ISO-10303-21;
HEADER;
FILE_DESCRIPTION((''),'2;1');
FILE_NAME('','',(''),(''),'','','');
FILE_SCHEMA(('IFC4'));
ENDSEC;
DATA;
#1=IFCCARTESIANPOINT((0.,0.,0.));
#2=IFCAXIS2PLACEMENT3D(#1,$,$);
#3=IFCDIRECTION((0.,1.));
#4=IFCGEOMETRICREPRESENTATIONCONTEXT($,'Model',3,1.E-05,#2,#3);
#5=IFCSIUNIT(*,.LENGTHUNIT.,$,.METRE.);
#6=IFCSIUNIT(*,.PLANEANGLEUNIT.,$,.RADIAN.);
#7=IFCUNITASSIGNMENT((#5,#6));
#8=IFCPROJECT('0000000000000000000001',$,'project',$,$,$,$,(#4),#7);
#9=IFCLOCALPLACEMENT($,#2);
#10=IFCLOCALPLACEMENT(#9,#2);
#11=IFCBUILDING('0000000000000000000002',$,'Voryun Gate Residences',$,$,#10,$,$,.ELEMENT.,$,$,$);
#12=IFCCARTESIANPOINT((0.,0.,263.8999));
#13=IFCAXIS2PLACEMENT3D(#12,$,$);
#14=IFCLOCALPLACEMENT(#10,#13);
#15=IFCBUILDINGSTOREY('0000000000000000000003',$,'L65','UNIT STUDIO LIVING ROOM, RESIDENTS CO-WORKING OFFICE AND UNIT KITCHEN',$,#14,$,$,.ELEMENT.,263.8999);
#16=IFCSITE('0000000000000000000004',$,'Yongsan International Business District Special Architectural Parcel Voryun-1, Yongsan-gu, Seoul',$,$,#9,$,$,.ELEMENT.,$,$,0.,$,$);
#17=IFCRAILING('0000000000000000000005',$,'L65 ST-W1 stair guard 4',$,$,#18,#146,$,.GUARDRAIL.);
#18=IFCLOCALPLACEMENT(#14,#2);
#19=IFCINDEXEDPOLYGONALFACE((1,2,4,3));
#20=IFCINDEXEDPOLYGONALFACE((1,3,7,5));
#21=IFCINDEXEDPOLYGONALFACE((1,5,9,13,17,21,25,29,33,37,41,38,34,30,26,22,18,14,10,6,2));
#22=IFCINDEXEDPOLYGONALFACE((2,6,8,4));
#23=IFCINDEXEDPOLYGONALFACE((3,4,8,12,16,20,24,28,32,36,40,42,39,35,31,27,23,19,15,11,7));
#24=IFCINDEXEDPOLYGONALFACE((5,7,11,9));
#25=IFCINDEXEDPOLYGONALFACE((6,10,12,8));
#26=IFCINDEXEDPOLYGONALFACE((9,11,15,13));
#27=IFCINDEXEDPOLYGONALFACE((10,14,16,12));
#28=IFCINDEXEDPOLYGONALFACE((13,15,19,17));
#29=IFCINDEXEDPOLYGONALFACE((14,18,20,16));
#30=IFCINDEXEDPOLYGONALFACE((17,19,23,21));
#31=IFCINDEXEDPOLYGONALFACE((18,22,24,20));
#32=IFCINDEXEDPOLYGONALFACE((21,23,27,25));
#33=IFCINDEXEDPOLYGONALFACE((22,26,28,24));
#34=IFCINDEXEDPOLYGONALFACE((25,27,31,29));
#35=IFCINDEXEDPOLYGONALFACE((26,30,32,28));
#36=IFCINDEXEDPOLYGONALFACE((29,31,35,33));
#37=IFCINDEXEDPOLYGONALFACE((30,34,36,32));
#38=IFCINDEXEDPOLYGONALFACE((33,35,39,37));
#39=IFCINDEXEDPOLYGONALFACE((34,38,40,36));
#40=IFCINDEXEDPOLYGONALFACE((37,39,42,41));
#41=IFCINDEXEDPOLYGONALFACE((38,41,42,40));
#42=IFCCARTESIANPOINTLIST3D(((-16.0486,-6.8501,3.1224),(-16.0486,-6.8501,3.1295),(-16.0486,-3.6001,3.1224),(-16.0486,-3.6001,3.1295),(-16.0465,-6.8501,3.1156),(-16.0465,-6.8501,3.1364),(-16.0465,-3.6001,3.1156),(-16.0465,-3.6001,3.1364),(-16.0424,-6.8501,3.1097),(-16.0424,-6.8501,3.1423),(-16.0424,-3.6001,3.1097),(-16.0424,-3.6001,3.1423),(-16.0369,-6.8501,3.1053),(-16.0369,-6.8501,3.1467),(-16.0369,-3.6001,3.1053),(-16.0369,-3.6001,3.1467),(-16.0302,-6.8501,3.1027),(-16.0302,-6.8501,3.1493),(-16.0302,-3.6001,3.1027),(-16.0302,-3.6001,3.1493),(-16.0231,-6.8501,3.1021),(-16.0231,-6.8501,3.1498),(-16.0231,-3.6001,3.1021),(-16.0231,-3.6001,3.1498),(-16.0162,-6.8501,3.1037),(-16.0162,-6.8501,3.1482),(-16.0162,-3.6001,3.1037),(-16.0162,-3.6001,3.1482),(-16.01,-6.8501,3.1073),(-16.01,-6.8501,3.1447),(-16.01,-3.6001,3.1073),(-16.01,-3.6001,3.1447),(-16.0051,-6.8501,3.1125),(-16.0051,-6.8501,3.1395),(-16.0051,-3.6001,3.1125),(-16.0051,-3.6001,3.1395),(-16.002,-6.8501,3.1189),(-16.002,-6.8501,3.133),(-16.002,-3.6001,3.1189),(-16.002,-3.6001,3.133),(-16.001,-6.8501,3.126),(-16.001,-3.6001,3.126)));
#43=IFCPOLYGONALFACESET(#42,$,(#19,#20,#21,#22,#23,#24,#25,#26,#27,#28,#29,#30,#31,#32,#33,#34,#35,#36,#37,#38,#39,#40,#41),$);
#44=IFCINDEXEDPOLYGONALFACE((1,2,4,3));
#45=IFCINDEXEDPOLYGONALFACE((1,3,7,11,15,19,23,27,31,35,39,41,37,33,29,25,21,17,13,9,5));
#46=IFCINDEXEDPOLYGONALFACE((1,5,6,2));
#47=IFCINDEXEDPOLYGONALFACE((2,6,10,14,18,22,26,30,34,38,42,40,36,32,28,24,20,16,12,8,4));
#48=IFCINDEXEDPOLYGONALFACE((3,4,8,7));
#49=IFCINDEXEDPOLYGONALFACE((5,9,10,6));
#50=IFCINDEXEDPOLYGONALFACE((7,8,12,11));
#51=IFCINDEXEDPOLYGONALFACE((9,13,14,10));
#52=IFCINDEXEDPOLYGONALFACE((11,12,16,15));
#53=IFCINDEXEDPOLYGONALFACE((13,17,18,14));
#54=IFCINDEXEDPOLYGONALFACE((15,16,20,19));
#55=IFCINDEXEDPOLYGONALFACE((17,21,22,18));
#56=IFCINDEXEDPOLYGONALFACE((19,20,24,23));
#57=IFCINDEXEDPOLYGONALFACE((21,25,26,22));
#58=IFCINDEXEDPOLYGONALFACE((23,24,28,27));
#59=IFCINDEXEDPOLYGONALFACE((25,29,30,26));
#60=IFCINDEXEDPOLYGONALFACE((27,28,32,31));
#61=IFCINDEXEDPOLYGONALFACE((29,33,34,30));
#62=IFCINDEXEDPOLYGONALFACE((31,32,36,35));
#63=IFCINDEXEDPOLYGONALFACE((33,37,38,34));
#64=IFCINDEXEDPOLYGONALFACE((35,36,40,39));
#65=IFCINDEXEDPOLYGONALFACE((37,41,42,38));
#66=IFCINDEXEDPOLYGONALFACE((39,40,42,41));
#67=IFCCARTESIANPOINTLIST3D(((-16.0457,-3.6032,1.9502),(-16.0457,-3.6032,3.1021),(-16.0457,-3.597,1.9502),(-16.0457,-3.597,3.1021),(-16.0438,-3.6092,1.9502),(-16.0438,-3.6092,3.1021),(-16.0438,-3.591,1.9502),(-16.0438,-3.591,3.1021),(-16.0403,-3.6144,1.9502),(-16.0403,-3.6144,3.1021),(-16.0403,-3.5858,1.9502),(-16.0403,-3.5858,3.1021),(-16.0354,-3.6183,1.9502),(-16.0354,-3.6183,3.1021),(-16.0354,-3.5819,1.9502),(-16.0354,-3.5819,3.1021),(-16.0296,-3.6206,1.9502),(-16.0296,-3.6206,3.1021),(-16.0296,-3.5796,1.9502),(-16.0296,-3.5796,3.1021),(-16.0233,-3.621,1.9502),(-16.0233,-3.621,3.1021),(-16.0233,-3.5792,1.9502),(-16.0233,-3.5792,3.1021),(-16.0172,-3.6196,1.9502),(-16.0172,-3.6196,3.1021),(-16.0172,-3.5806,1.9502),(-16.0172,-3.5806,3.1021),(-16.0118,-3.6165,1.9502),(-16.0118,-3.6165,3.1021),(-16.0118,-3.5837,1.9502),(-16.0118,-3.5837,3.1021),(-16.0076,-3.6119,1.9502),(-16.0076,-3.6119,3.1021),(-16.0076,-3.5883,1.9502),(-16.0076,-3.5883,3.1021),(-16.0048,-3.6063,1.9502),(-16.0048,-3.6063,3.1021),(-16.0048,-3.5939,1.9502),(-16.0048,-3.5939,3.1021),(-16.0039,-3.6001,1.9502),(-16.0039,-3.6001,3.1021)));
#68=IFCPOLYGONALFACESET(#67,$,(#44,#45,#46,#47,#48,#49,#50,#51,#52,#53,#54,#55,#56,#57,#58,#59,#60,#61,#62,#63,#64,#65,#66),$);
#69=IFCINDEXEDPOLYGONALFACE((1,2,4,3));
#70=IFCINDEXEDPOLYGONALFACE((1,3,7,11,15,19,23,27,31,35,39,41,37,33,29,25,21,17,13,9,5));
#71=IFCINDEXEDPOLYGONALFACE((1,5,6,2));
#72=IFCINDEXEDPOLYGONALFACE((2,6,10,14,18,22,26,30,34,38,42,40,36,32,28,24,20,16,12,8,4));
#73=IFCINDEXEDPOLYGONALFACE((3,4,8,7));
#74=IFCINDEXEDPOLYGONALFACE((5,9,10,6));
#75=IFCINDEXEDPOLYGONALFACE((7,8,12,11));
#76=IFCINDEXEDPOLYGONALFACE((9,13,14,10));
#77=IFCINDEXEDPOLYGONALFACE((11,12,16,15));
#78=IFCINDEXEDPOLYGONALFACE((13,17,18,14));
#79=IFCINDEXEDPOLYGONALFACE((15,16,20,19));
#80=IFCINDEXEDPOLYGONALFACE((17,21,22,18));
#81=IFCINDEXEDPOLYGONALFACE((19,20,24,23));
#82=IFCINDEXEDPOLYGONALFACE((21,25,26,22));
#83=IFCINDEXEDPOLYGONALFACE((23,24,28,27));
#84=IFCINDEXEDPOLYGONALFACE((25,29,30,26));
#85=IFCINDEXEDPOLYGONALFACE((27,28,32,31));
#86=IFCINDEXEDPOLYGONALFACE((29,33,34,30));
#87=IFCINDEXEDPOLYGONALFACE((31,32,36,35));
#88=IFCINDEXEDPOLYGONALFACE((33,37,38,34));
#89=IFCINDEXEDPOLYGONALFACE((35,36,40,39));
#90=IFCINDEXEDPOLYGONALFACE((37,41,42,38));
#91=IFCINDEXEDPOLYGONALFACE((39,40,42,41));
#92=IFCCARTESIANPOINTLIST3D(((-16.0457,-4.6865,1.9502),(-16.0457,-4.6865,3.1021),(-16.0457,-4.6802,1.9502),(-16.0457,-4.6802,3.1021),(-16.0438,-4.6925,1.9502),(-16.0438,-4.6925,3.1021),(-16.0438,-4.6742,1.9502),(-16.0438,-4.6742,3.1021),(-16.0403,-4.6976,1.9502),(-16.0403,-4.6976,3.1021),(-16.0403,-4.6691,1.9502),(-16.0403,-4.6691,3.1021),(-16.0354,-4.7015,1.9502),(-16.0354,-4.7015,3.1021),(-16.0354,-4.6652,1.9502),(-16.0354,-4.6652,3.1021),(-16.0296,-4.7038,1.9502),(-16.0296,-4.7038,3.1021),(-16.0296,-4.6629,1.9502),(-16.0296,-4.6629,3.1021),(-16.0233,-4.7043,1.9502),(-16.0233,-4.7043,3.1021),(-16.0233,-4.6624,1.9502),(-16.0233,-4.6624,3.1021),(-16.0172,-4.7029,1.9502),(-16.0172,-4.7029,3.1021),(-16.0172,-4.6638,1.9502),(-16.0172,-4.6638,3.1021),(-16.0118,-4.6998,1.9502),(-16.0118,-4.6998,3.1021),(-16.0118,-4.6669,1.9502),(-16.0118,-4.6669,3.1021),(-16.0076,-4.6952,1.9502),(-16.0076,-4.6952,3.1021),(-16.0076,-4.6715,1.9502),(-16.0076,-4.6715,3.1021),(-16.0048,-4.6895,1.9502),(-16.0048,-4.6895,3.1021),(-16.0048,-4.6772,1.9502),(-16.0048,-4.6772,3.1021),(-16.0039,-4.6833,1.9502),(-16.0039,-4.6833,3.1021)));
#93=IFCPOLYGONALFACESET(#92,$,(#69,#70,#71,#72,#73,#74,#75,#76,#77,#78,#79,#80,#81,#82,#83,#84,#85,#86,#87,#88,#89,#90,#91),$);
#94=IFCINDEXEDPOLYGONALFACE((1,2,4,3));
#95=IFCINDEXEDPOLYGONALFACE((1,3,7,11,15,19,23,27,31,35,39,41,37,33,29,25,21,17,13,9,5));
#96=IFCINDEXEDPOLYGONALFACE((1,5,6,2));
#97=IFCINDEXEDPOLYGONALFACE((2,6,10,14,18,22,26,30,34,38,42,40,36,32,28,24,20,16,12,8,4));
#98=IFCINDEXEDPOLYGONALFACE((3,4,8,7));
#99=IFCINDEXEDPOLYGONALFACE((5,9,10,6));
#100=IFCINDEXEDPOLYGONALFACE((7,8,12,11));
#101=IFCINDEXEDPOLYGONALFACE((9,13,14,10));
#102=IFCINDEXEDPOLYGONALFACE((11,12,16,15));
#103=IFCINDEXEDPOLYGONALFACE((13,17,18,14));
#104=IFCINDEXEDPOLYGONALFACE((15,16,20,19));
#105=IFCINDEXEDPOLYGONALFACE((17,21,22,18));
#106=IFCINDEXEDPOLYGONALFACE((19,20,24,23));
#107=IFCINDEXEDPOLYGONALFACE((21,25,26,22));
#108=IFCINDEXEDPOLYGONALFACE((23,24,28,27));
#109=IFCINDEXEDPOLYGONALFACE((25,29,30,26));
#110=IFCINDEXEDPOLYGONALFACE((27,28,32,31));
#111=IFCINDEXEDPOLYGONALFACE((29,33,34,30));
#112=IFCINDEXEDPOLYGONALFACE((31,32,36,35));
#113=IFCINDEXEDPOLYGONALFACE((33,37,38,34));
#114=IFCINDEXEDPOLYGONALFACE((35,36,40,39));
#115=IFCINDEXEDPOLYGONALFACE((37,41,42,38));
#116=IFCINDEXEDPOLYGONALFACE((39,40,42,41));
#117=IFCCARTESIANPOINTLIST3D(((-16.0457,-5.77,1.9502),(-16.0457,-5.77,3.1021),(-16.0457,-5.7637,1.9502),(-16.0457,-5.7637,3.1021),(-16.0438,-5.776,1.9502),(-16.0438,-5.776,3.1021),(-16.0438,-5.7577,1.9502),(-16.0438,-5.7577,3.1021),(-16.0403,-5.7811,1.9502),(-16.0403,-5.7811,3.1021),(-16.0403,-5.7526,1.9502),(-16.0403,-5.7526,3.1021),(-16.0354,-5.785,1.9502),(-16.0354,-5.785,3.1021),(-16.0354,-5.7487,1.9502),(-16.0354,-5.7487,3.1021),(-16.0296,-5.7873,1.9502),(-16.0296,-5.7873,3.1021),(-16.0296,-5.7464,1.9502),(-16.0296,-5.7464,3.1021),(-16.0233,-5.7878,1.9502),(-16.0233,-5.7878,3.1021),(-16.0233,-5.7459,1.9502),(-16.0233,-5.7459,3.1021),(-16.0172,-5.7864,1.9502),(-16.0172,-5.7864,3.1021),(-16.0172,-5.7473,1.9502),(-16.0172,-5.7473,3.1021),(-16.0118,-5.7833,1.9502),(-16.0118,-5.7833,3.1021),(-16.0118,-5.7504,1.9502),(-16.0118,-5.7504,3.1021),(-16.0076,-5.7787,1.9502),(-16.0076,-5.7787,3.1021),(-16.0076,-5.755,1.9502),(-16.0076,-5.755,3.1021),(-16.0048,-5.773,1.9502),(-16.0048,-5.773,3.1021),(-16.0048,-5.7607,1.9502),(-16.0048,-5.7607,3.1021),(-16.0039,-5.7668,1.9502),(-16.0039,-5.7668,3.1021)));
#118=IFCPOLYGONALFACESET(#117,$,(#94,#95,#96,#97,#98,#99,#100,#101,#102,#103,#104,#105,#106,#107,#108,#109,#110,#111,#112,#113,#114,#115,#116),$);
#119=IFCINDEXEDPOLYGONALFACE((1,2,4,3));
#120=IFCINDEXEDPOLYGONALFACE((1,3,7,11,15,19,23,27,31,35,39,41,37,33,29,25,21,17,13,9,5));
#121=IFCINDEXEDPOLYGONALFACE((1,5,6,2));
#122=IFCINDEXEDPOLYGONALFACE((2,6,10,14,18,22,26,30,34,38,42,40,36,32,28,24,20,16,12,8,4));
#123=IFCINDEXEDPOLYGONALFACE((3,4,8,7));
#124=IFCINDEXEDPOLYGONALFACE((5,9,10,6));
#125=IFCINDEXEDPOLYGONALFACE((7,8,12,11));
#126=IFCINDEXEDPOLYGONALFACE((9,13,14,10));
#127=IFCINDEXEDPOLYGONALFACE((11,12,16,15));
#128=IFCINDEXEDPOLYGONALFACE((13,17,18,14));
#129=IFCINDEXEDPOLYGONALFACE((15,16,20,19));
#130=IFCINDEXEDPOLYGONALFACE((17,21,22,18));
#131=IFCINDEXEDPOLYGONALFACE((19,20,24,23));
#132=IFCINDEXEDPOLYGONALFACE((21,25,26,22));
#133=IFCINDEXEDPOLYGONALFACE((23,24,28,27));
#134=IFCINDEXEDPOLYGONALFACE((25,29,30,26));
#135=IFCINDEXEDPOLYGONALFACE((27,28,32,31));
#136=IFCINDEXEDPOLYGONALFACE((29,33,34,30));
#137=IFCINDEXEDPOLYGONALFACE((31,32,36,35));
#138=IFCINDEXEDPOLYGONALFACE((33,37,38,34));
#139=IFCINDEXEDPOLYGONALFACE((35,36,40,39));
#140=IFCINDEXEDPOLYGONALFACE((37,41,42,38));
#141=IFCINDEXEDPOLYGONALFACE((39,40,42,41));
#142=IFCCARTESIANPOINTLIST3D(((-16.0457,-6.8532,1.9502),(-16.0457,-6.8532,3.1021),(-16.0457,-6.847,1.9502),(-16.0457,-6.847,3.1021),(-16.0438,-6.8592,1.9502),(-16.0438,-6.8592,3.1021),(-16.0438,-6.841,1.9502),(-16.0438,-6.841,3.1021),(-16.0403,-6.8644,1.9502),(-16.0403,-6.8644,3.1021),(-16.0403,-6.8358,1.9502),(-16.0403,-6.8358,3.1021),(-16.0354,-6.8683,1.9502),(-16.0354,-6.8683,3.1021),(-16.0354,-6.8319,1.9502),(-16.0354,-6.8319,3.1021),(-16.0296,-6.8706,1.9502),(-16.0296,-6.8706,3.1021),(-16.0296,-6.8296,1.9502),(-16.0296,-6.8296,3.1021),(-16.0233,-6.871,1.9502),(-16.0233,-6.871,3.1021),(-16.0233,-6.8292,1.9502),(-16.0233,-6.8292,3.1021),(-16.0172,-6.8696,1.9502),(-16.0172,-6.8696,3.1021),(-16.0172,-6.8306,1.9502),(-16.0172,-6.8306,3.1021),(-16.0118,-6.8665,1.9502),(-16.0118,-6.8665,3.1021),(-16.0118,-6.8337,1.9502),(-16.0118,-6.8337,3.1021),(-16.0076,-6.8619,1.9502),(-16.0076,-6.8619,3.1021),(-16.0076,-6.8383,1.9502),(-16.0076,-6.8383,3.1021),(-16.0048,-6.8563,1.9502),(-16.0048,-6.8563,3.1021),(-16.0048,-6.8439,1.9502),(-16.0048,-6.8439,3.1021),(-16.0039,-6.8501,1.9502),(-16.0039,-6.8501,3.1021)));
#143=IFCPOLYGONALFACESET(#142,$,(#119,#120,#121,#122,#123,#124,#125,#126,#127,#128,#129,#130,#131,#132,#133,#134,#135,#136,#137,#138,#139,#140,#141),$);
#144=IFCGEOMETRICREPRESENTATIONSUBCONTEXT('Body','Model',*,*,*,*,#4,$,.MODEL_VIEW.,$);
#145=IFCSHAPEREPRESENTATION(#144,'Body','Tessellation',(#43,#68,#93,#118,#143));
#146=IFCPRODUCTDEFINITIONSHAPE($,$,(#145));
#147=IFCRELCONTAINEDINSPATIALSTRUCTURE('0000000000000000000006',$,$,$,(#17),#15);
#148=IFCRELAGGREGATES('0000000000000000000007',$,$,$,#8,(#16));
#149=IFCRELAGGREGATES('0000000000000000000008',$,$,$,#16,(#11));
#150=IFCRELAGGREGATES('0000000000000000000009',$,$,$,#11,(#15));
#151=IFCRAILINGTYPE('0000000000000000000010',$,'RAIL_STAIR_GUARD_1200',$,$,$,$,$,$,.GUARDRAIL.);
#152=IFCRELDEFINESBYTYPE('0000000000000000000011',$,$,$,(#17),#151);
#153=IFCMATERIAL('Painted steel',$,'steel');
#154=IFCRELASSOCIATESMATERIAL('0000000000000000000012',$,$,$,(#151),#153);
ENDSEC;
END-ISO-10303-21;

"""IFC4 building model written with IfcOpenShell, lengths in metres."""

from ifc_helpers import new_model, si_unit, direction, frame, origin, origin_2d, place, context, subcontext, project, spatial, circle, extrude, material, type_object, element, save


model = new_model("IFC4")

# Units and contexts
model_context = context("Model", 3, precision=1e-05, world=origin(), true_north=direction((0.0, 1.0)))
body_context = subcontext(model_context, "Body", "Model", "MODEL_VIEW")
ifc_project = project(units=[si_unit("LENGTHUNIT", "METRE"), si_unit("PLANEANGLEUNIT", "RADIAN")], contexts=[model_context])

# Site, building, storey
site_placement = place(None, origin())
site = spatial("IfcSite", under=ifc_project, at=site_placement, Name="Yongsan International Business District Special Architectural Parcel Voryun-1, Yongsan-gu, Seoul", CompositionType="ELEMENT", RefElevation=0.0)
building_placement = place(site_placement, origin())
building = spatial("IfcBuilding", under=site, at=building_placement, Name="Voryun Gate Residences", CompositionType="ELEMENT")
storey_placement = place(building_placement, frame((0.0, 0.0, 263.8999)))
storey = spatial("IfcBuildingStorey", under=building, at=storey_placement, Name="L65", Description="UNIT STUDIO LIVING ROOM, RESIDENTS CO-WORKING OFFICE AND UNIT KITCHEN", CompositionType="ELEMENT", Elevation=263.8999)

# Railing
ifc_material_1 = material(Name="Painted steel", Category="steel")
railing_type_1 = type_object("IfcRailingType", Name="RAIL_STAIR_GUARD_1200", PredefinedType="GUARDRAIL", material=ifc_material_1)
railing_1_placement = place(storey_placement, frame((-16.0249, -3.6001, 1.9502)))
element("IfcRailing", 1, at=railing_1_placement, inside=storey, type_object=railing_type_1, Name="L65 ST-W1 stair guard 4", PredefinedType="GUARDRAIL", context=body_context, shape_type="SweptSolid", body=[
    extrude(circle(Radius=0.0239, at=origin_2d()), frame((0.0, 0.0, 1.1758), z_axis=(0.0, -1.0, 0.0), x_axis=(1.0, 0.0, 0.0)), (0.0, 0.0, 1.0), 3.25),
    extrude(circle(Radius=0.021, at=origin_2d()), origin(), (0.0, 0.0, 1.0), 1.1519),
    extrude(circle(Radius=0.021, at=origin_2d()), frame((0.0, -1.0833, 0.0)), (0.0, 0.0, 1.0), 1.1519),
    extrude(circle(Radius=0.021, at=origin_2d()), frame((0.0, -2.1667, 0.0)), (0.0, 0.0, 1.0), 1.1519),
    extrude(circle(Radius=0.021, at=origin_2d()), frame((0.0, -3.25, 0.0)), (0.0, 0.0, 1.0), 1.1519),
])

save(model, "model.ifc")
